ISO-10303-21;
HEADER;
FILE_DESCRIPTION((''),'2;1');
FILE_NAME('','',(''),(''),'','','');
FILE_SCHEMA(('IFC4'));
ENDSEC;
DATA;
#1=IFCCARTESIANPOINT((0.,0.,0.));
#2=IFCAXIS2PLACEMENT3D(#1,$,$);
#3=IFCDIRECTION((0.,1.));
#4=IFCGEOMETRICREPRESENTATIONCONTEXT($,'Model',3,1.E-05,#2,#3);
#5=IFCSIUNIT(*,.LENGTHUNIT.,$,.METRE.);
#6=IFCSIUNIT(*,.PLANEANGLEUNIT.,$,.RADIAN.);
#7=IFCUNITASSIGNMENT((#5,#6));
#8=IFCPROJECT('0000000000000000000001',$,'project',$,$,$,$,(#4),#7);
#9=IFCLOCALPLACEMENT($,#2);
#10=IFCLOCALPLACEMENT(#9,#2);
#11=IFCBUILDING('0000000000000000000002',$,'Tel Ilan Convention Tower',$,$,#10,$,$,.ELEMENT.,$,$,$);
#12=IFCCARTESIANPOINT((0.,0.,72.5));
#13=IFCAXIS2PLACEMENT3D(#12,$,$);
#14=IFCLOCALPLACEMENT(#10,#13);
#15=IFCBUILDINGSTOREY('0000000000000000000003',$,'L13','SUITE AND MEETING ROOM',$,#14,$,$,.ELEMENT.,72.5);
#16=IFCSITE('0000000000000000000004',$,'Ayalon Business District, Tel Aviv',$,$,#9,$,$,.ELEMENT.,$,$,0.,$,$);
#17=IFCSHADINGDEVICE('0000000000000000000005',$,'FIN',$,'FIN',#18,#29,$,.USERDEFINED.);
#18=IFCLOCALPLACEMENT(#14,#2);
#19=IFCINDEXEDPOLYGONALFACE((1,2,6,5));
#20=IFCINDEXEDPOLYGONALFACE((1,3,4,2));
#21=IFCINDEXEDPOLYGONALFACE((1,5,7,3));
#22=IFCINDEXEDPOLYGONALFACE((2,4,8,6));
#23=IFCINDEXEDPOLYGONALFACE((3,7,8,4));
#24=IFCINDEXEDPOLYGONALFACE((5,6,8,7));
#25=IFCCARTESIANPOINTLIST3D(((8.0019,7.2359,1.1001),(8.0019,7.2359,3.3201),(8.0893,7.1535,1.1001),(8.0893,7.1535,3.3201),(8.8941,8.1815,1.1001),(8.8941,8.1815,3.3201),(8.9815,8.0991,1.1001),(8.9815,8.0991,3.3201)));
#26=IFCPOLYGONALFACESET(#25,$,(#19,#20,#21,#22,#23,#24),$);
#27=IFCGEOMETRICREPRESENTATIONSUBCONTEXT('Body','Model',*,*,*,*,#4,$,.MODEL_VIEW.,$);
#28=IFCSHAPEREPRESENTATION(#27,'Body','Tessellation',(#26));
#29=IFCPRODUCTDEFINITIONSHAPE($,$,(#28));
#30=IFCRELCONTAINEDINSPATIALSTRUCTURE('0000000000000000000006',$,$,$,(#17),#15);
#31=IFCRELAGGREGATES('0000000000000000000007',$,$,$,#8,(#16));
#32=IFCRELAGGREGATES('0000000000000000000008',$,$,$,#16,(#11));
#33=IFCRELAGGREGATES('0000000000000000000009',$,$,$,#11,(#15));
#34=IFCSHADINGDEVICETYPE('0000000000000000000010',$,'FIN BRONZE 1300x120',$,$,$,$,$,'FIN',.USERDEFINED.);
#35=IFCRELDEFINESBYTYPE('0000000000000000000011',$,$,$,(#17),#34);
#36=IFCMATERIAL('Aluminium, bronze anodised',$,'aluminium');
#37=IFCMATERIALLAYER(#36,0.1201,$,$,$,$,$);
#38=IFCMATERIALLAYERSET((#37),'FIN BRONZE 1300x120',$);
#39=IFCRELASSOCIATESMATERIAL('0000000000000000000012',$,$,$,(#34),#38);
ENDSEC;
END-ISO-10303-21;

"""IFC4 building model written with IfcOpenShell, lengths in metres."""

from ifc_helpers import new_model, si_unit, direction, frame, origin, origin_2d, place, context, subcontext, project, spatial, rectangle, extrude, material, layer, layer_set, type_object, element, save


model = new_model("IFC4")

# Units and contexts
model_context = context("Model", 3, precision=1e-05, world=origin(), true_north=direction((0.0, 1.0)))
body_context = subcontext(model_context, "Body", "Model", "MODEL_VIEW")
ifc_project = project(units=[si_unit("LENGTHUNIT", "METRE"), si_unit("PLANEANGLEUNIT", "RADIAN")], contexts=[model_context])

# Site, building, storey
site_placement = place(None, origin())
site = spatial("IfcSite", under=ifc_project, at=site_placement, Name="Ayalon Business District, Tel Aviv", CompositionType="ELEMENT", RefElevation=0.0)
building_placement = place(site_placement, origin())
building = spatial("IfcBuilding", under=site, at=building_placement, Name="Tel Ilan Convention Tower", CompositionType="ELEMENT")
storey_placement = place(building_placement, frame((0.0, 0.0, 72.5)))
storey = spatial("IfcBuildingStorey", under=building, at=storey_placement, Name="L13", Description="SUITE AND MEETING ROOM", CompositionType="ELEMENT", Elevation=72.5)

# Shading device
ifc_material_1 = material(Name="Aluminium, bronze anodised", Category="aluminium")
ifc_layer_1 = layer(ifc_material_1, 0.1201)
ifc_layer_set_1 = layer_set([ifc_layer_1], Name="FIN BRONZE 1300x120")
shading_device_type = type_object("IfcShadingDeviceType", Name="FIN BRONZE 1300x120", ElementType="FIN", PredefinedType="USERDEFINED", material=ifc_layer_set_1)
for number, where, z_axis, x_axis, name in (
    (1, (8.4917, 7.6675, 1.1001), (0.0, 0.0, 1.0), (0.686242, 0.727374, 0.0), "FIN"),
):
    element("IfcShadingDevice", number, at=place(storey_placement, frame(where, z_axis=z_axis, x_axis=x_axis)), inside=storey, type_object=shading_device_type, Name=name, ObjectType="FIN", PredefinedType="USERDEFINED", context=body_context, shape_type="SweptSolid", body=[
        extrude(rectangle(XDim=1.3, YDim=0.1201, at=origin_2d()), origin(), (0.0, 0.0, 1.0), 2.22),
    ])

save(model, "model.ifc")
